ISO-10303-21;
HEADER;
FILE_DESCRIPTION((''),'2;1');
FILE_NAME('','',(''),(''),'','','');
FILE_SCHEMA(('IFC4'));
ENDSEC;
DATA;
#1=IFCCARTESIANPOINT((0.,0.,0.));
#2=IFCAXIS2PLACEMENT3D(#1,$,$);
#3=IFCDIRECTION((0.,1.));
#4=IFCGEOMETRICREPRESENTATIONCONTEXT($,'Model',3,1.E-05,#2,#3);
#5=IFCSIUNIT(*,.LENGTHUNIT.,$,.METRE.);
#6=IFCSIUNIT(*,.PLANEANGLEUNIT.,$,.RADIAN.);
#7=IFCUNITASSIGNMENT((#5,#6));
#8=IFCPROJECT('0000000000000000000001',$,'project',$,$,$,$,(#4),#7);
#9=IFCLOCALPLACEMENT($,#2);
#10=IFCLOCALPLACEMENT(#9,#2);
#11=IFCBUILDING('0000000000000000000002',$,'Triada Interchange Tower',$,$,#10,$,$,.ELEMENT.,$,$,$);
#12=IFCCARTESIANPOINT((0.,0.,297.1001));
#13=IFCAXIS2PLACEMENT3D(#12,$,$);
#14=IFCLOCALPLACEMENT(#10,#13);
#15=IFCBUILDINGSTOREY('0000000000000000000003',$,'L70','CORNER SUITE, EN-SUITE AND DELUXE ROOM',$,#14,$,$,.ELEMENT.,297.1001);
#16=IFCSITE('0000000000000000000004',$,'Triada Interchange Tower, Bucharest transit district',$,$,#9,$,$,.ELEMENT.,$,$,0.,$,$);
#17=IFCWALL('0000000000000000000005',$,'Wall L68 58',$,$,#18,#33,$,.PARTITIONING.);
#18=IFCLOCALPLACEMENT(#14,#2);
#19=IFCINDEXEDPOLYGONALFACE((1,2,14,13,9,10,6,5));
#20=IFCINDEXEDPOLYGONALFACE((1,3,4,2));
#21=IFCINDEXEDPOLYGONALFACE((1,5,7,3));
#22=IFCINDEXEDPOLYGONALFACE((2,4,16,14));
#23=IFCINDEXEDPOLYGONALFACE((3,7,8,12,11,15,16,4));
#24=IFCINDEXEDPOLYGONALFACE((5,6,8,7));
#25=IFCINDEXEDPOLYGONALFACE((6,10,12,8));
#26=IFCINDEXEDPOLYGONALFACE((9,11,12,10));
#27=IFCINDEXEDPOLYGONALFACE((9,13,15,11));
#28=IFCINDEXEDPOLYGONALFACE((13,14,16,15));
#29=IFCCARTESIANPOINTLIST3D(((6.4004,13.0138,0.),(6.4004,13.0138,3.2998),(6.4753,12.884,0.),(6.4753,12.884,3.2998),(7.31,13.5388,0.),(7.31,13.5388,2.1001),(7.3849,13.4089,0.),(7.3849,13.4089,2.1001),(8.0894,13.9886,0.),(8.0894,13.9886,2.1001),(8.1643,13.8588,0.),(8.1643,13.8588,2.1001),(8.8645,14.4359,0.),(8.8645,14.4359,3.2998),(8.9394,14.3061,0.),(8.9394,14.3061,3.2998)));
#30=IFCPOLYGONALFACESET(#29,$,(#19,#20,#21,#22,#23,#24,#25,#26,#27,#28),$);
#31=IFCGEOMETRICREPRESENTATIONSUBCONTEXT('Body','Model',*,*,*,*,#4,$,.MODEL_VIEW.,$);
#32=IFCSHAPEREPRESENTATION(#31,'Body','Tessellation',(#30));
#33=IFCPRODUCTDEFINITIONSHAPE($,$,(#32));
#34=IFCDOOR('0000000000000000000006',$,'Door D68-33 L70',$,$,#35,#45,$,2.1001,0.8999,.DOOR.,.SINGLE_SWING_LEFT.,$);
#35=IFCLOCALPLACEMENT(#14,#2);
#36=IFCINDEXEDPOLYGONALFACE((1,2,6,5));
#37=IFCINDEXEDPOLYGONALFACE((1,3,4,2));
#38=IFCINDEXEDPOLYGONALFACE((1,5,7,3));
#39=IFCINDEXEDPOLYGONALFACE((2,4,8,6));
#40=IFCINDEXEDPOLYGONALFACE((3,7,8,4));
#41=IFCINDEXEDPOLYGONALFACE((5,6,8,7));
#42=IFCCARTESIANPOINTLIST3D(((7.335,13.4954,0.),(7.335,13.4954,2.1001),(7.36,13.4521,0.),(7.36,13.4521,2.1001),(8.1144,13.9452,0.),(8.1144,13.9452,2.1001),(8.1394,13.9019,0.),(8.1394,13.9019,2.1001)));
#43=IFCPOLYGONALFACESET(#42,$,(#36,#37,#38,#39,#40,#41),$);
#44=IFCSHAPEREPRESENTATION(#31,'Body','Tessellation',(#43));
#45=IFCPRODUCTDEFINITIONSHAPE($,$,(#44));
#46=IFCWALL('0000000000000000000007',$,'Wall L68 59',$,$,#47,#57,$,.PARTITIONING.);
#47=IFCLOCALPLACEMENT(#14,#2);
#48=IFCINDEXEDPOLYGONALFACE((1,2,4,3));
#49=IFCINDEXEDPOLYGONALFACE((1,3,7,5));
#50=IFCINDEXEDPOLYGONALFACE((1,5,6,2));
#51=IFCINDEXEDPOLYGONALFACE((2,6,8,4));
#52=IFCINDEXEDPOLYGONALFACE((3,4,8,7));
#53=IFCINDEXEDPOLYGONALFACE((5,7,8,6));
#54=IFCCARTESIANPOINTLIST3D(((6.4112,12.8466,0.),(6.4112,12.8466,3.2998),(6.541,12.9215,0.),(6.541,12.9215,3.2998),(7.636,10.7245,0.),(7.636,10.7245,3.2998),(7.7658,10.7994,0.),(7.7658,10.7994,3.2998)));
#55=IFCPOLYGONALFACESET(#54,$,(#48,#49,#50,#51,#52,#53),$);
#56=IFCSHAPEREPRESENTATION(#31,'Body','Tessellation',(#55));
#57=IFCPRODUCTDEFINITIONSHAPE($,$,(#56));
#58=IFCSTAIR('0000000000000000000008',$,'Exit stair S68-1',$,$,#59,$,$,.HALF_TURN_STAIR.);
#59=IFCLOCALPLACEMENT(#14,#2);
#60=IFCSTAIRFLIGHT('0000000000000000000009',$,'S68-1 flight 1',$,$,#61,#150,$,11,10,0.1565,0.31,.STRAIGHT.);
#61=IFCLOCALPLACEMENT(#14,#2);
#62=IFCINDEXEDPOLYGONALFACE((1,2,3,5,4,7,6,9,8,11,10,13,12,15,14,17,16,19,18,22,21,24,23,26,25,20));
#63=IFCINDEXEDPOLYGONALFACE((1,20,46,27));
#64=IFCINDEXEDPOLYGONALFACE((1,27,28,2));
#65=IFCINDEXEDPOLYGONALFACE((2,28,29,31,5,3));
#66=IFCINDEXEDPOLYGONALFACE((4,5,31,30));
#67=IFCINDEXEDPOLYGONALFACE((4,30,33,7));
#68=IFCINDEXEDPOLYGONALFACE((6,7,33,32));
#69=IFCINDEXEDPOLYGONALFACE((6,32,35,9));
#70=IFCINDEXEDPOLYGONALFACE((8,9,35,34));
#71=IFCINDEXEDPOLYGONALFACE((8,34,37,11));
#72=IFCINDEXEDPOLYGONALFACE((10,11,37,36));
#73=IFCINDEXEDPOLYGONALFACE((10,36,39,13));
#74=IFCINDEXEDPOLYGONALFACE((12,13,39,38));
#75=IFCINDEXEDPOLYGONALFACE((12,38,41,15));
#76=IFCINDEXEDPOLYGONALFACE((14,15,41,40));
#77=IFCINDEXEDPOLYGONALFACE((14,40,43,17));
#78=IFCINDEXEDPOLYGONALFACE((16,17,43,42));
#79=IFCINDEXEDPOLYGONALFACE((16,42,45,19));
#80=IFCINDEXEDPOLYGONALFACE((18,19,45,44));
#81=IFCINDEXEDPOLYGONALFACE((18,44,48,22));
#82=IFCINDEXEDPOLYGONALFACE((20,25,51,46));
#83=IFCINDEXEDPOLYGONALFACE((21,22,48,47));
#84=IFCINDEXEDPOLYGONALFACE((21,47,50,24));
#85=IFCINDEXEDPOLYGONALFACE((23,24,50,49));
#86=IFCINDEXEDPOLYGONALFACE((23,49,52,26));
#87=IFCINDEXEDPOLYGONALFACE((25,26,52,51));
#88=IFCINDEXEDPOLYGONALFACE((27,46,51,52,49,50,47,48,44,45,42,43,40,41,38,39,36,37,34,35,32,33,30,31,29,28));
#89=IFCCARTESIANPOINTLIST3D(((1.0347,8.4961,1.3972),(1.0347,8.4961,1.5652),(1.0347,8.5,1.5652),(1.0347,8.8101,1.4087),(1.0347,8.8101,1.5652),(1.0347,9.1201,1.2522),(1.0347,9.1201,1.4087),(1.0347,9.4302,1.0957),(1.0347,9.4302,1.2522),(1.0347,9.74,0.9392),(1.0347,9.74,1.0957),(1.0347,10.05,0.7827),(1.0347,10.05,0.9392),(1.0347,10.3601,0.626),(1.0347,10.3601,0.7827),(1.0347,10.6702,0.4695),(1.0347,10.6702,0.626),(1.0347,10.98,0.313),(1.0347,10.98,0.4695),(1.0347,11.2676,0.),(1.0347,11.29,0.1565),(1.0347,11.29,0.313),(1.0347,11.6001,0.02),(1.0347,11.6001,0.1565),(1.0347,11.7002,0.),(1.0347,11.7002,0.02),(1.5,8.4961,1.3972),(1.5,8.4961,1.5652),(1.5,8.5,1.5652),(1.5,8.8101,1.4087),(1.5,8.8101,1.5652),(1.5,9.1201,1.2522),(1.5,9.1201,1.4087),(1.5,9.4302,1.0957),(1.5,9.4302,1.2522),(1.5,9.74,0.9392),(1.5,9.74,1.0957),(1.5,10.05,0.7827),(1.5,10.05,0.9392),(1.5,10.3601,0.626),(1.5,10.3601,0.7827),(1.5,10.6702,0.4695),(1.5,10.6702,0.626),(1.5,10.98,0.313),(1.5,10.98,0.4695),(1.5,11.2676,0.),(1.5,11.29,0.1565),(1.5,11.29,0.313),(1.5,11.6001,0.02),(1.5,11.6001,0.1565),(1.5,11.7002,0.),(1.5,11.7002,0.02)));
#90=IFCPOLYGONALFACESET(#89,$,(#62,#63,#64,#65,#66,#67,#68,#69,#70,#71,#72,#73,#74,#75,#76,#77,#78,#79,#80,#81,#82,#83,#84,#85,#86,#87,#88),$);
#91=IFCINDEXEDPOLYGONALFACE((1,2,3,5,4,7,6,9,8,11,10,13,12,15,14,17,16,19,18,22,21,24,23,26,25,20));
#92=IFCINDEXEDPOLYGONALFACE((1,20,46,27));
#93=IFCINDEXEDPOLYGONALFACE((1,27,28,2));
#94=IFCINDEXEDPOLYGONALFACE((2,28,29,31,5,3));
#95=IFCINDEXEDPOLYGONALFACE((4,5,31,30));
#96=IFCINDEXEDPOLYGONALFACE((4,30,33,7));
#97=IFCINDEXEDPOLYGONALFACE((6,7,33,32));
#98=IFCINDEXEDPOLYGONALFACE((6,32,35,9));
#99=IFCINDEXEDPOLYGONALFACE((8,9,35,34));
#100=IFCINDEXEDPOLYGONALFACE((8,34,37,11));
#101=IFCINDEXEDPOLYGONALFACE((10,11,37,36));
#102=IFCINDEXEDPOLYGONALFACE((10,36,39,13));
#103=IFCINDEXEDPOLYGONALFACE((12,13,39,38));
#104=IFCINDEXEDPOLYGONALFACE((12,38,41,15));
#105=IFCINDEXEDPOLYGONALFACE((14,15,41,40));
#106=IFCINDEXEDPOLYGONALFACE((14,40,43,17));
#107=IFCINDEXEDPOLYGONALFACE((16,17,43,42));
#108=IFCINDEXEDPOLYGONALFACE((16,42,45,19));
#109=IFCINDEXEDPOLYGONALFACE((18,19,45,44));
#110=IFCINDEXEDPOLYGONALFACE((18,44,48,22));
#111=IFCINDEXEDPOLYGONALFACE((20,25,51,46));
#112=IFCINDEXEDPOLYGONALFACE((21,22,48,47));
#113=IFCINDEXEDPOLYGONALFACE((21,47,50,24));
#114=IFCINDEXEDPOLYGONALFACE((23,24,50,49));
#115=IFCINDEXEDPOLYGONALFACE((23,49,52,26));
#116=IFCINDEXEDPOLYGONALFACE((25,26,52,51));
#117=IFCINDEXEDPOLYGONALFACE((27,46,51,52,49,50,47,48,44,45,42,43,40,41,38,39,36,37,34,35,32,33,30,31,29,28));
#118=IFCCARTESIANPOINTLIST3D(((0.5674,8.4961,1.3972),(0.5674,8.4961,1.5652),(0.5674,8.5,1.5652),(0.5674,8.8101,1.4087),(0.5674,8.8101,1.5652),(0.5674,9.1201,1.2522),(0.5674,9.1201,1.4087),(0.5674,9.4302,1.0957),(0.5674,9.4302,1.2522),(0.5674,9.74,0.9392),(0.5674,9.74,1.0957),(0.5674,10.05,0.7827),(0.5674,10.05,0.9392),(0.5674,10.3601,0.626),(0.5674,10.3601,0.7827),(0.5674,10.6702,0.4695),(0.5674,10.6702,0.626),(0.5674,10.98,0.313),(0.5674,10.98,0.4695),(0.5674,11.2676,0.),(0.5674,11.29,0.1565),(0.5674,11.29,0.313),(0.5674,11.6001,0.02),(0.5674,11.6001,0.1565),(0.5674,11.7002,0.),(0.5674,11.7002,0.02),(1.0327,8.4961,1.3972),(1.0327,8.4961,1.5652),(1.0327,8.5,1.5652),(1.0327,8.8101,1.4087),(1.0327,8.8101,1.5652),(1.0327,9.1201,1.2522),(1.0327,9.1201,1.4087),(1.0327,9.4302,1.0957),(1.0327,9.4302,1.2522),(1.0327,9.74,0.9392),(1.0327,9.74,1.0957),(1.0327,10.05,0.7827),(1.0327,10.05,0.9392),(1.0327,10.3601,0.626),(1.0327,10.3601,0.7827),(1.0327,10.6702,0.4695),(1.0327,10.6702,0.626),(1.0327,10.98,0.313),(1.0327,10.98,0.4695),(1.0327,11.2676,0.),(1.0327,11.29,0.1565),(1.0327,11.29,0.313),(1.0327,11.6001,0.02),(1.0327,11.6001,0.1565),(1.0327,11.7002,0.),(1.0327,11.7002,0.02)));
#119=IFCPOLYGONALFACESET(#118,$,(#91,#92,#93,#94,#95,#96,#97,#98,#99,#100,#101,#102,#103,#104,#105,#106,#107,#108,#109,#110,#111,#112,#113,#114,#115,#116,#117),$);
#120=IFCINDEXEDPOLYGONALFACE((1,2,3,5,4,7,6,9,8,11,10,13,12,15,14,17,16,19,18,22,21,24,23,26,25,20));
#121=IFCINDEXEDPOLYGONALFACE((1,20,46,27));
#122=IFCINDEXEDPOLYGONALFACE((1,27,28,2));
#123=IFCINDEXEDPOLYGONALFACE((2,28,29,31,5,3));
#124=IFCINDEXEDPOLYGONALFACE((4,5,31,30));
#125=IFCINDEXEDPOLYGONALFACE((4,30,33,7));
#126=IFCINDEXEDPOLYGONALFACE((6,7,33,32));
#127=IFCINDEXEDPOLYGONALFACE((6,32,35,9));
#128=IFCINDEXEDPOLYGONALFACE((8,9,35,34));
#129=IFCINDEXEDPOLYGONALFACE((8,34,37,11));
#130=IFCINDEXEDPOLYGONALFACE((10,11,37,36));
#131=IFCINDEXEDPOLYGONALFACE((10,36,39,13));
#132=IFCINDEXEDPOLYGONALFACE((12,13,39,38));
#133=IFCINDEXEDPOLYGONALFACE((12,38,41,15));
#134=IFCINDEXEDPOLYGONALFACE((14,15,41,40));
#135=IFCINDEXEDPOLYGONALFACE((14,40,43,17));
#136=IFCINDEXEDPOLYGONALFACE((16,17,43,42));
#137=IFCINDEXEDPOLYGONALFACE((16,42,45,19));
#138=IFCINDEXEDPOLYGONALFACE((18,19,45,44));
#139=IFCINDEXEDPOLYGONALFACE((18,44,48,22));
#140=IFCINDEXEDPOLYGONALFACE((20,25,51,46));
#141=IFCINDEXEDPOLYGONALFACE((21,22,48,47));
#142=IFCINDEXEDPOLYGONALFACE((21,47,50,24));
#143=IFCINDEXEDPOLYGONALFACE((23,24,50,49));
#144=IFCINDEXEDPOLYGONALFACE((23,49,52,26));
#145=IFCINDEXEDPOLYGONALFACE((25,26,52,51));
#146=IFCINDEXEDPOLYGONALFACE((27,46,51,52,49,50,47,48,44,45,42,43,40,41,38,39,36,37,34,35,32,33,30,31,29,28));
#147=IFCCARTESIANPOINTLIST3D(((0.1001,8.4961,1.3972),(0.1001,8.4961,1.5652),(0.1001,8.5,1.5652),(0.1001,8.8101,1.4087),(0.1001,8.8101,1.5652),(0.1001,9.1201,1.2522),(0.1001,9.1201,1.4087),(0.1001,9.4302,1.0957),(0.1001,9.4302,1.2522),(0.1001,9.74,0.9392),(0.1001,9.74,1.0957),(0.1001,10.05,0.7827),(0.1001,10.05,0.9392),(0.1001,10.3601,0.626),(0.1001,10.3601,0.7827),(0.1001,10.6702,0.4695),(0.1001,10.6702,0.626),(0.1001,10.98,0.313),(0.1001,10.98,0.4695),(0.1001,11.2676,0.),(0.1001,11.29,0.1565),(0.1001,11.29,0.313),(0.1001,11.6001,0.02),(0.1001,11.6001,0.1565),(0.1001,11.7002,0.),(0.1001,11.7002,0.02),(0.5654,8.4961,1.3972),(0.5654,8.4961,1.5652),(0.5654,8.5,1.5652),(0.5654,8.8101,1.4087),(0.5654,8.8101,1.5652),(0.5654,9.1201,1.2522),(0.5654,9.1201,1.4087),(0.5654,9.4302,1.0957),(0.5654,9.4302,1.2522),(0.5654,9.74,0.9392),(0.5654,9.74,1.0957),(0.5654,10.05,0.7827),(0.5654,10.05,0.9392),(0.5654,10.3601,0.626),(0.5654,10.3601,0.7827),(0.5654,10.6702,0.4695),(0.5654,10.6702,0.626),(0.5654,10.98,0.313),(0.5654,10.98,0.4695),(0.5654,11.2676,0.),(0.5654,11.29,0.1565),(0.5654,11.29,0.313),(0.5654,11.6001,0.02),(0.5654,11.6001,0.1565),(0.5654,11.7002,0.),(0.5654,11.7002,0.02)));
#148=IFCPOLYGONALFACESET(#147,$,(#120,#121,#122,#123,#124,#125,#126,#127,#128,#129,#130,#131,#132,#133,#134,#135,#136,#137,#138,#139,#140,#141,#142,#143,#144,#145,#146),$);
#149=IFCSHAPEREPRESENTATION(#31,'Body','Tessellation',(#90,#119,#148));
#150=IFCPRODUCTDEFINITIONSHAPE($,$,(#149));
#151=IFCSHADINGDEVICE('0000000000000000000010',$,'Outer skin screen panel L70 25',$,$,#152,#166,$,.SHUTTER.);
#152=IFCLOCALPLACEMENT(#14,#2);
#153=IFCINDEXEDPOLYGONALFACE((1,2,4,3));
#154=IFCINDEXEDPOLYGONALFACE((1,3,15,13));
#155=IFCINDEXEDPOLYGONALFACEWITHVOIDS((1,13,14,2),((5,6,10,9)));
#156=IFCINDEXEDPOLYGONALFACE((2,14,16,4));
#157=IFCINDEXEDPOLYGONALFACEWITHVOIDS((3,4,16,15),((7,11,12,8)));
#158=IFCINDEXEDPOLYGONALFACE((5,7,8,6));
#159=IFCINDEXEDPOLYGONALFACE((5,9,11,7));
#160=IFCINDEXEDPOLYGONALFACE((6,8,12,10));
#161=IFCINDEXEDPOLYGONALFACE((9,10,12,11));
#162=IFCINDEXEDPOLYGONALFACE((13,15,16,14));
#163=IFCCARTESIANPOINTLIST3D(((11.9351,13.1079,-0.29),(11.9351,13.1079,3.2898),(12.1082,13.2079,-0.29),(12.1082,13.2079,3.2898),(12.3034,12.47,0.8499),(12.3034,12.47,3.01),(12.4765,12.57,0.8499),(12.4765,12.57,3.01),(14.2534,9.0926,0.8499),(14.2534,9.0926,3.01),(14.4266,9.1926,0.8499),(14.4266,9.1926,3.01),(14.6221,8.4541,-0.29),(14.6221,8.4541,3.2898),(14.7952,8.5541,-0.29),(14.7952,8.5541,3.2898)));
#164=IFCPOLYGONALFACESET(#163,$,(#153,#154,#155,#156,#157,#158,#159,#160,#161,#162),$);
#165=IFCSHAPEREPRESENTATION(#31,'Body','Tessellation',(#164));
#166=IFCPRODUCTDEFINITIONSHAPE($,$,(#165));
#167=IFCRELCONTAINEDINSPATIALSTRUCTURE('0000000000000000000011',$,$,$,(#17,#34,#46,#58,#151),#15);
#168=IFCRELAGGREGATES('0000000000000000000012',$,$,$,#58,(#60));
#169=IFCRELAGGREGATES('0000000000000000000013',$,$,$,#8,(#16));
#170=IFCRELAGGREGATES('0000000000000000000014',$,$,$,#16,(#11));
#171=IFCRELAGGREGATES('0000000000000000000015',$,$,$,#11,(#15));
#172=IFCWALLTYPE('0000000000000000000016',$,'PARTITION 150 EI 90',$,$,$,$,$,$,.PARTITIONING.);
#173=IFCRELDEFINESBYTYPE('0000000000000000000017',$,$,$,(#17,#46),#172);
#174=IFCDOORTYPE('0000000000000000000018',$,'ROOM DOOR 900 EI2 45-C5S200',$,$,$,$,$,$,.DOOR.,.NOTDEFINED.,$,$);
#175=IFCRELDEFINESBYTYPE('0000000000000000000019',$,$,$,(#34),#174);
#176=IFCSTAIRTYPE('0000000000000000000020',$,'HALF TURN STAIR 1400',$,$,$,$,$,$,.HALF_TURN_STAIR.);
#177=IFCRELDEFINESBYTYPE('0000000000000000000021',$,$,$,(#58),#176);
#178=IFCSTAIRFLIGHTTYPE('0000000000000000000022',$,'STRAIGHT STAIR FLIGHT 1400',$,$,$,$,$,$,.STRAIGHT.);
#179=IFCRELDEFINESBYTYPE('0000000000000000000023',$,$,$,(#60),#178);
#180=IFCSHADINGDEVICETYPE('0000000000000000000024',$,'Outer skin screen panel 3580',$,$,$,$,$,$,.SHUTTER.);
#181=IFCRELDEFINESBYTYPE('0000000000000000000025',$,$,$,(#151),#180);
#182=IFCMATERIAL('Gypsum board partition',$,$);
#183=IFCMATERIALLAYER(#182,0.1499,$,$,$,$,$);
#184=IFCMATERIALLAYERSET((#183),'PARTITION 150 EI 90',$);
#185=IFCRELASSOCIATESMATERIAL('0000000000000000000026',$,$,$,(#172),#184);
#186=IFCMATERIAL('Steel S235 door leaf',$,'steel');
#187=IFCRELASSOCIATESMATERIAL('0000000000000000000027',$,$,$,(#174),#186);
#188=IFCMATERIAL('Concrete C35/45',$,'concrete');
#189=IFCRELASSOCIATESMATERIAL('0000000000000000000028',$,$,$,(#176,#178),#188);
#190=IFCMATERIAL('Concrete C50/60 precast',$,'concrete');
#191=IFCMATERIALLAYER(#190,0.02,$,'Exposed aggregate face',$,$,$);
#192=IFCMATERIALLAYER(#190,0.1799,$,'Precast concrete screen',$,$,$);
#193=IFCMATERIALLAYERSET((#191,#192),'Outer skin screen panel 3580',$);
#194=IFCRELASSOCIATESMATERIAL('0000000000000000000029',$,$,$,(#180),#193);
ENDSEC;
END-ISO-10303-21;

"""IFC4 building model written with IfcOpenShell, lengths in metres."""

from ifc_helpers import new_model, si_unit, direction, frame, frame_2d, origin, place, context, subcontext, project, spatial, polyline, rectangle, outline, extrude, material, layer, layer_set, type_object, element, fill, aggregate, save


model = new_model("IFC4")

# Units and contexts
model_context = context("Model", 3, precision=1e-05, world=origin(), true_north=direction((0.0, 1.0)))
body_context = subcontext(model_context, "Body", "Model", "MODEL_VIEW")
ifc_project = project(units=[si_unit("LENGTHUNIT", "METRE"), si_unit("PLANEANGLEUNIT", "RADIAN")], contexts=[model_context])

# Site, building, storey
site_placement = place(None, origin())
site = spatial("IfcSite", under=ifc_project, at=site_placement, Name="Triada Interchange Tower, Bucharest transit district", CompositionType="ELEMENT", RefElevation=0.0)
building_placement = place(site_placement, origin())
building = spatial("IfcBuilding", under=site, at=building_placement, Name="Triada Interchange Tower", CompositionType="ELEMENT")
storey_placement = place(building_placement, frame((0.0, 0.0, 297.1001)))
storey = spatial("IfcBuildingStorey", under=building, at=storey_placement, Name="L70", Description="CORNER SUITE, EN-SUITE AND DELUXE ROOM", CompositionType="ELEMENT", Elevation=297.1001)

# Shared definitions
ifc_material_1 = material(Name="Steel S235 door leaf", Category="steel")

# Shared definitions
ifc_material_2 = material(Name="Gypsum board partition")
ifc_layer_1 = layer(ifc_material_2, 0.1499)
ifc_layer_set_1 = layer_set([ifc_layer_1], Name="PARTITION 150 EI 90")
wall_type_1 = type_object("IfcWallType", Name="PARTITION 150 EI 90", PredefinedType="PARTITIONING", material=ifc_layer_set_1)

# Wall, opening, door
wall_1_placement = place(storey_placement, frame((6.438, 12.949, 0.0), z_axis=(0.0, 0.0, 1.0), x_axis=(0.866107, 0.499859, 0.0)))
wall_1 = element("IfcWall", 1, at=wall_1_placement, inside=storey, type_object=wall_type_1, Name="Wall L68 58", PredefinedType="PARTITIONING", context=body_context, shape_type="SweptSolid", body=[
    extrude(rectangle(XDim=2.845, YDim=0.1499, at=frame_2d((1.4224, 0.0))), origin(), (0.0, 0.0, 1.0), 3.2998),
])
opening_1_placement = place(wall_1_placement, frame((1.05, 0.0, 0.0)))
opening_1 = element("IfcOpeningElement", 2, at=opening_1_placement, cuts=wall_1, PredefinedType="OPENING", context=body_context, shape_type="SweptSolid", body=[
    extrude(rectangle(XDim=0.8999, YDim=2.1001, at=frame_2d((0.45, 1.05))), frame((0.0, 0.085, 0.0), z_axis=(0.0, -1.0, 0.0), x_axis=(1.0, 0.0, 0.0)), (0.0, 0.0, 1.0), 0.1699),
])
door_type_1 = type_object("IfcDoorType", Name="ROOM DOOR 900 EI2 45-C5S200", OperationType="NOTDEFINED", PredefinedType="DOOR", material=ifc_material_1)
door_1_placement = place(opening_1_placement, origin())
door_1 = element("IfcDoor", 3, at=door_1_placement, inside=storey, type_object=door_type_1, Name="Door D68-33 L70", OperationType="SINGLE_SWING_LEFT", OverallHeight=2.1001, OverallWidth=0.8999, PredefinedType="DOOR", context=body_context, shape_type="SweptSolid", body=[
    extrude(rectangle(XDim=0.8999, YDim=2.1001, at=frame_2d((0.45, 1.05))), frame((0.0, 0.0249, 0.0), z_axis=(0.0, -1.0, 0.0), x_axis=(1.0, 0.0, 0.0)), (0.0, 0.0, 1.0), 0.05),
])
fill(opening_1, door_1)

# Wall
wall_2_placement = place(storey_placement, frame((6.4761, 12.884, 0.0), z_axis=(0.0, 0.0, 1.0), x_axis=(0.499901, -0.866083, 0.0)))
element("IfcWall", 4, at=wall_2_placement, inside=storey, type_object=wall_type_1, Name="Wall L68 59", PredefinedType="PARTITIONING", context=body_context, shape_type="SweptSolid", body=[
    extrude(rectangle(XDim=2.4502, YDim=0.1499, at=frame_2d((1.2251, 0.0))), origin(), (0.0, 0.0, 1.0), 3.2998),
])

# Stair, stair flight
ifc_material_3 = material(Name="Concrete C35/45", Category="concrete")
stair_type = type_object("IfcStairType", Name="HALF TURN STAIR 1400", PredefinedType="HALF_TURN_STAIR", material=ifc_material_3)
stair_placement = place(storey_placement, origin())
stair = element("IfcStair", 5, at=stair_placement, inside=storey, type_object=stair_type, Name="Exit stair S68-1", PredefinedType="HALF_TURN_STAIR")
stair_flight_type = type_object("IfcStairFlightType", Name="STRAIGHT STAIR FLIGHT 1400", PredefinedType="STRAIGHT", material=ifc_material_3)
stair_flight_placement = place(storey_placement, frame((0.8, 11.6001, 0.0), z_axis=(0.0, 0.0, 1.0), x_axis=(0.0, -1.0, 0.0)))
stair_flight = element("IfcStairFlight", 6, at=stair_flight_placement, type_object=stair_flight_type, Name="S68-1 flight 1", NumberOfRisers=11, NumberOfTreads=10, PredefinedType="STRAIGHT", RiserHeight=0.1565, TreadLength=0.31, context=body_context, shape_type="SweptSolid", body=[
    extrude(outline(polyline([(-0.1001, 0.0), (-0.1001, 0.02), (0.0, 0.02), (0.0, 0.1565), (0.3101, 0.1565), (0.3101, 0.313), (0.6201, 0.313), (0.6201, 0.4695), (0.9299, 0.4695), (0.9299, 0.626), (1.24, 0.626), (1.24, 0.7827), (1.55, 0.7827), (1.55, 0.9392), (1.8601, 0.9392), (1.8601, 1.0957), (2.1699, 1.0957), (2.1699, 1.2522), (2.48, 1.2522), (2.48, 1.4087), (2.79, 1.4087), (2.79, 1.5652), (3.1001, 1.5652), (3.104, 1.5652), (3.104, 1.7217), (3.104, 1.3972), (0.3325, 0.0), (-0.1001, 0.0)])), frame((0.0, 0.7, 0.0), z_axis=(0.0, -1.0, 0.0), x_axis=(1.0, 0.0, 0.0)), (0.0, 0.0, 1.0), 0.4653),
    extrude(outline(polyline([(-0.1001, 0.0), (-0.1001, 0.02), (0.0, 0.02), (0.0, 0.1565), (0.3101, 0.1565), (0.3101, 0.313), (0.6201, 0.313), (0.6201, 0.4695), (0.9299, 0.4695), (0.9299, 0.626), (1.24, 0.626), (1.24, 0.7827), (1.55, 0.7827), (1.55, 0.9392), (1.8601, 0.9392), (1.8601, 1.0957), (2.1699, 1.0957), (2.1699, 1.2522), (2.48, 1.2522), (2.48, 1.4087), (2.79, 1.4087), (2.79, 1.5652), (3.1001, 1.5652), (3.104, 1.5652), (3.104, 1.7217), (3.104, 1.3972), (0.3325, 0.0), (-0.1001, 0.0)])), frame((0.0, 0.2327, 0.0), z_axis=(0.0, -1.0, 0.0), x_axis=(1.0, 0.0, 0.0)), (0.0, 0.0, 1.0), 0.4653),
    extrude(outline(polyline([(-0.1001, 0.0), (-0.1001, 0.02), (0.0, 0.02), (0.0, 0.1565), (0.3101, 0.1565), (0.3101, 0.313), (0.6201, 0.313), (0.6201, 0.4695), (0.9299, 0.4695), (0.9299, 0.626), (1.24, 0.626), (1.24, 0.7827), (1.55, 0.7827), (1.55, 0.9392), (1.8601, 0.9392), (1.8601, 1.0957), (2.1699, 1.0957), (2.1699, 1.2522), (2.48, 1.2522), (2.48, 1.4087), (2.79, 1.4087), (2.79, 1.5652), (3.1001, 1.5652), (3.104, 1.5652), (3.104, 1.7217), (3.104, 1.3972), (0.3325, 0.0), (-0.1001, 0.0)])), frame((0.0, -0.2346, 0.0), z_axis=(0.0, -1.0, 0.0), x_axis=(1.0, 0.0, 0.0)), (0.0, 0.0, 1.0), 0.4653),
])

# Shading device
ifc_material_4 = material(Name="Concrete C50/60 precast", Category="concrete")
ifc_layer_2 = layer(ifc_material_4, 0.02, Name="Exposed aggregate face")
ifc_layer_3 = layer(ifc_material_4, 0.1799, Name="Precast concrete screen")
ifc_layer_set_2 = layer_set([ifc_layer_2, ifc_layer_3], Name="Outer skin screen panel 3580")
shading_device_type = type_object("IfcShadingDeviceType", Name="Outer skin screen panel 3580", PredefinedType="SHUTTER", material=ifc_layer_set_2)
shading_device_1_placement = place(storey_placement, frame((14.6221, 8.4541, -0.29), z_axis=(0.0, 0.0, 1.0), x_axis=(-0.500019, 0.866015, 0.0)))
element("IfcShadingDevice", 7, at=shading_device_1_placement, inside=storey, type_object=shading_device_type, Name="Outer skin screen panel L70 25", PredefinedType="SHUTTER", context=body_context, shape_type="SweptSolid", body=[
    extrude(outline(polyline([(0.0, 0.0), (5.3738, 0.0), (5.3738, 3.5798), (0.0, 3.5798), (0.0, 0.0)]), holes=[polyline([(0.7373, 1.1399), (0.7373, 3.3), (4.6372, 3.3), (4.6372, 1.1399), (0.7373, 1.1399)])]), frame((0.0, 0.0, 0.0), z_axis=(0.0, -1.0, 0.0), x_axis=(1.0, 0.0, 0.0)), (0.0, 0.0, 1.0), 0.2),
])

aggregate(stair, [stair_flight])

save(model, "model.ifc")
